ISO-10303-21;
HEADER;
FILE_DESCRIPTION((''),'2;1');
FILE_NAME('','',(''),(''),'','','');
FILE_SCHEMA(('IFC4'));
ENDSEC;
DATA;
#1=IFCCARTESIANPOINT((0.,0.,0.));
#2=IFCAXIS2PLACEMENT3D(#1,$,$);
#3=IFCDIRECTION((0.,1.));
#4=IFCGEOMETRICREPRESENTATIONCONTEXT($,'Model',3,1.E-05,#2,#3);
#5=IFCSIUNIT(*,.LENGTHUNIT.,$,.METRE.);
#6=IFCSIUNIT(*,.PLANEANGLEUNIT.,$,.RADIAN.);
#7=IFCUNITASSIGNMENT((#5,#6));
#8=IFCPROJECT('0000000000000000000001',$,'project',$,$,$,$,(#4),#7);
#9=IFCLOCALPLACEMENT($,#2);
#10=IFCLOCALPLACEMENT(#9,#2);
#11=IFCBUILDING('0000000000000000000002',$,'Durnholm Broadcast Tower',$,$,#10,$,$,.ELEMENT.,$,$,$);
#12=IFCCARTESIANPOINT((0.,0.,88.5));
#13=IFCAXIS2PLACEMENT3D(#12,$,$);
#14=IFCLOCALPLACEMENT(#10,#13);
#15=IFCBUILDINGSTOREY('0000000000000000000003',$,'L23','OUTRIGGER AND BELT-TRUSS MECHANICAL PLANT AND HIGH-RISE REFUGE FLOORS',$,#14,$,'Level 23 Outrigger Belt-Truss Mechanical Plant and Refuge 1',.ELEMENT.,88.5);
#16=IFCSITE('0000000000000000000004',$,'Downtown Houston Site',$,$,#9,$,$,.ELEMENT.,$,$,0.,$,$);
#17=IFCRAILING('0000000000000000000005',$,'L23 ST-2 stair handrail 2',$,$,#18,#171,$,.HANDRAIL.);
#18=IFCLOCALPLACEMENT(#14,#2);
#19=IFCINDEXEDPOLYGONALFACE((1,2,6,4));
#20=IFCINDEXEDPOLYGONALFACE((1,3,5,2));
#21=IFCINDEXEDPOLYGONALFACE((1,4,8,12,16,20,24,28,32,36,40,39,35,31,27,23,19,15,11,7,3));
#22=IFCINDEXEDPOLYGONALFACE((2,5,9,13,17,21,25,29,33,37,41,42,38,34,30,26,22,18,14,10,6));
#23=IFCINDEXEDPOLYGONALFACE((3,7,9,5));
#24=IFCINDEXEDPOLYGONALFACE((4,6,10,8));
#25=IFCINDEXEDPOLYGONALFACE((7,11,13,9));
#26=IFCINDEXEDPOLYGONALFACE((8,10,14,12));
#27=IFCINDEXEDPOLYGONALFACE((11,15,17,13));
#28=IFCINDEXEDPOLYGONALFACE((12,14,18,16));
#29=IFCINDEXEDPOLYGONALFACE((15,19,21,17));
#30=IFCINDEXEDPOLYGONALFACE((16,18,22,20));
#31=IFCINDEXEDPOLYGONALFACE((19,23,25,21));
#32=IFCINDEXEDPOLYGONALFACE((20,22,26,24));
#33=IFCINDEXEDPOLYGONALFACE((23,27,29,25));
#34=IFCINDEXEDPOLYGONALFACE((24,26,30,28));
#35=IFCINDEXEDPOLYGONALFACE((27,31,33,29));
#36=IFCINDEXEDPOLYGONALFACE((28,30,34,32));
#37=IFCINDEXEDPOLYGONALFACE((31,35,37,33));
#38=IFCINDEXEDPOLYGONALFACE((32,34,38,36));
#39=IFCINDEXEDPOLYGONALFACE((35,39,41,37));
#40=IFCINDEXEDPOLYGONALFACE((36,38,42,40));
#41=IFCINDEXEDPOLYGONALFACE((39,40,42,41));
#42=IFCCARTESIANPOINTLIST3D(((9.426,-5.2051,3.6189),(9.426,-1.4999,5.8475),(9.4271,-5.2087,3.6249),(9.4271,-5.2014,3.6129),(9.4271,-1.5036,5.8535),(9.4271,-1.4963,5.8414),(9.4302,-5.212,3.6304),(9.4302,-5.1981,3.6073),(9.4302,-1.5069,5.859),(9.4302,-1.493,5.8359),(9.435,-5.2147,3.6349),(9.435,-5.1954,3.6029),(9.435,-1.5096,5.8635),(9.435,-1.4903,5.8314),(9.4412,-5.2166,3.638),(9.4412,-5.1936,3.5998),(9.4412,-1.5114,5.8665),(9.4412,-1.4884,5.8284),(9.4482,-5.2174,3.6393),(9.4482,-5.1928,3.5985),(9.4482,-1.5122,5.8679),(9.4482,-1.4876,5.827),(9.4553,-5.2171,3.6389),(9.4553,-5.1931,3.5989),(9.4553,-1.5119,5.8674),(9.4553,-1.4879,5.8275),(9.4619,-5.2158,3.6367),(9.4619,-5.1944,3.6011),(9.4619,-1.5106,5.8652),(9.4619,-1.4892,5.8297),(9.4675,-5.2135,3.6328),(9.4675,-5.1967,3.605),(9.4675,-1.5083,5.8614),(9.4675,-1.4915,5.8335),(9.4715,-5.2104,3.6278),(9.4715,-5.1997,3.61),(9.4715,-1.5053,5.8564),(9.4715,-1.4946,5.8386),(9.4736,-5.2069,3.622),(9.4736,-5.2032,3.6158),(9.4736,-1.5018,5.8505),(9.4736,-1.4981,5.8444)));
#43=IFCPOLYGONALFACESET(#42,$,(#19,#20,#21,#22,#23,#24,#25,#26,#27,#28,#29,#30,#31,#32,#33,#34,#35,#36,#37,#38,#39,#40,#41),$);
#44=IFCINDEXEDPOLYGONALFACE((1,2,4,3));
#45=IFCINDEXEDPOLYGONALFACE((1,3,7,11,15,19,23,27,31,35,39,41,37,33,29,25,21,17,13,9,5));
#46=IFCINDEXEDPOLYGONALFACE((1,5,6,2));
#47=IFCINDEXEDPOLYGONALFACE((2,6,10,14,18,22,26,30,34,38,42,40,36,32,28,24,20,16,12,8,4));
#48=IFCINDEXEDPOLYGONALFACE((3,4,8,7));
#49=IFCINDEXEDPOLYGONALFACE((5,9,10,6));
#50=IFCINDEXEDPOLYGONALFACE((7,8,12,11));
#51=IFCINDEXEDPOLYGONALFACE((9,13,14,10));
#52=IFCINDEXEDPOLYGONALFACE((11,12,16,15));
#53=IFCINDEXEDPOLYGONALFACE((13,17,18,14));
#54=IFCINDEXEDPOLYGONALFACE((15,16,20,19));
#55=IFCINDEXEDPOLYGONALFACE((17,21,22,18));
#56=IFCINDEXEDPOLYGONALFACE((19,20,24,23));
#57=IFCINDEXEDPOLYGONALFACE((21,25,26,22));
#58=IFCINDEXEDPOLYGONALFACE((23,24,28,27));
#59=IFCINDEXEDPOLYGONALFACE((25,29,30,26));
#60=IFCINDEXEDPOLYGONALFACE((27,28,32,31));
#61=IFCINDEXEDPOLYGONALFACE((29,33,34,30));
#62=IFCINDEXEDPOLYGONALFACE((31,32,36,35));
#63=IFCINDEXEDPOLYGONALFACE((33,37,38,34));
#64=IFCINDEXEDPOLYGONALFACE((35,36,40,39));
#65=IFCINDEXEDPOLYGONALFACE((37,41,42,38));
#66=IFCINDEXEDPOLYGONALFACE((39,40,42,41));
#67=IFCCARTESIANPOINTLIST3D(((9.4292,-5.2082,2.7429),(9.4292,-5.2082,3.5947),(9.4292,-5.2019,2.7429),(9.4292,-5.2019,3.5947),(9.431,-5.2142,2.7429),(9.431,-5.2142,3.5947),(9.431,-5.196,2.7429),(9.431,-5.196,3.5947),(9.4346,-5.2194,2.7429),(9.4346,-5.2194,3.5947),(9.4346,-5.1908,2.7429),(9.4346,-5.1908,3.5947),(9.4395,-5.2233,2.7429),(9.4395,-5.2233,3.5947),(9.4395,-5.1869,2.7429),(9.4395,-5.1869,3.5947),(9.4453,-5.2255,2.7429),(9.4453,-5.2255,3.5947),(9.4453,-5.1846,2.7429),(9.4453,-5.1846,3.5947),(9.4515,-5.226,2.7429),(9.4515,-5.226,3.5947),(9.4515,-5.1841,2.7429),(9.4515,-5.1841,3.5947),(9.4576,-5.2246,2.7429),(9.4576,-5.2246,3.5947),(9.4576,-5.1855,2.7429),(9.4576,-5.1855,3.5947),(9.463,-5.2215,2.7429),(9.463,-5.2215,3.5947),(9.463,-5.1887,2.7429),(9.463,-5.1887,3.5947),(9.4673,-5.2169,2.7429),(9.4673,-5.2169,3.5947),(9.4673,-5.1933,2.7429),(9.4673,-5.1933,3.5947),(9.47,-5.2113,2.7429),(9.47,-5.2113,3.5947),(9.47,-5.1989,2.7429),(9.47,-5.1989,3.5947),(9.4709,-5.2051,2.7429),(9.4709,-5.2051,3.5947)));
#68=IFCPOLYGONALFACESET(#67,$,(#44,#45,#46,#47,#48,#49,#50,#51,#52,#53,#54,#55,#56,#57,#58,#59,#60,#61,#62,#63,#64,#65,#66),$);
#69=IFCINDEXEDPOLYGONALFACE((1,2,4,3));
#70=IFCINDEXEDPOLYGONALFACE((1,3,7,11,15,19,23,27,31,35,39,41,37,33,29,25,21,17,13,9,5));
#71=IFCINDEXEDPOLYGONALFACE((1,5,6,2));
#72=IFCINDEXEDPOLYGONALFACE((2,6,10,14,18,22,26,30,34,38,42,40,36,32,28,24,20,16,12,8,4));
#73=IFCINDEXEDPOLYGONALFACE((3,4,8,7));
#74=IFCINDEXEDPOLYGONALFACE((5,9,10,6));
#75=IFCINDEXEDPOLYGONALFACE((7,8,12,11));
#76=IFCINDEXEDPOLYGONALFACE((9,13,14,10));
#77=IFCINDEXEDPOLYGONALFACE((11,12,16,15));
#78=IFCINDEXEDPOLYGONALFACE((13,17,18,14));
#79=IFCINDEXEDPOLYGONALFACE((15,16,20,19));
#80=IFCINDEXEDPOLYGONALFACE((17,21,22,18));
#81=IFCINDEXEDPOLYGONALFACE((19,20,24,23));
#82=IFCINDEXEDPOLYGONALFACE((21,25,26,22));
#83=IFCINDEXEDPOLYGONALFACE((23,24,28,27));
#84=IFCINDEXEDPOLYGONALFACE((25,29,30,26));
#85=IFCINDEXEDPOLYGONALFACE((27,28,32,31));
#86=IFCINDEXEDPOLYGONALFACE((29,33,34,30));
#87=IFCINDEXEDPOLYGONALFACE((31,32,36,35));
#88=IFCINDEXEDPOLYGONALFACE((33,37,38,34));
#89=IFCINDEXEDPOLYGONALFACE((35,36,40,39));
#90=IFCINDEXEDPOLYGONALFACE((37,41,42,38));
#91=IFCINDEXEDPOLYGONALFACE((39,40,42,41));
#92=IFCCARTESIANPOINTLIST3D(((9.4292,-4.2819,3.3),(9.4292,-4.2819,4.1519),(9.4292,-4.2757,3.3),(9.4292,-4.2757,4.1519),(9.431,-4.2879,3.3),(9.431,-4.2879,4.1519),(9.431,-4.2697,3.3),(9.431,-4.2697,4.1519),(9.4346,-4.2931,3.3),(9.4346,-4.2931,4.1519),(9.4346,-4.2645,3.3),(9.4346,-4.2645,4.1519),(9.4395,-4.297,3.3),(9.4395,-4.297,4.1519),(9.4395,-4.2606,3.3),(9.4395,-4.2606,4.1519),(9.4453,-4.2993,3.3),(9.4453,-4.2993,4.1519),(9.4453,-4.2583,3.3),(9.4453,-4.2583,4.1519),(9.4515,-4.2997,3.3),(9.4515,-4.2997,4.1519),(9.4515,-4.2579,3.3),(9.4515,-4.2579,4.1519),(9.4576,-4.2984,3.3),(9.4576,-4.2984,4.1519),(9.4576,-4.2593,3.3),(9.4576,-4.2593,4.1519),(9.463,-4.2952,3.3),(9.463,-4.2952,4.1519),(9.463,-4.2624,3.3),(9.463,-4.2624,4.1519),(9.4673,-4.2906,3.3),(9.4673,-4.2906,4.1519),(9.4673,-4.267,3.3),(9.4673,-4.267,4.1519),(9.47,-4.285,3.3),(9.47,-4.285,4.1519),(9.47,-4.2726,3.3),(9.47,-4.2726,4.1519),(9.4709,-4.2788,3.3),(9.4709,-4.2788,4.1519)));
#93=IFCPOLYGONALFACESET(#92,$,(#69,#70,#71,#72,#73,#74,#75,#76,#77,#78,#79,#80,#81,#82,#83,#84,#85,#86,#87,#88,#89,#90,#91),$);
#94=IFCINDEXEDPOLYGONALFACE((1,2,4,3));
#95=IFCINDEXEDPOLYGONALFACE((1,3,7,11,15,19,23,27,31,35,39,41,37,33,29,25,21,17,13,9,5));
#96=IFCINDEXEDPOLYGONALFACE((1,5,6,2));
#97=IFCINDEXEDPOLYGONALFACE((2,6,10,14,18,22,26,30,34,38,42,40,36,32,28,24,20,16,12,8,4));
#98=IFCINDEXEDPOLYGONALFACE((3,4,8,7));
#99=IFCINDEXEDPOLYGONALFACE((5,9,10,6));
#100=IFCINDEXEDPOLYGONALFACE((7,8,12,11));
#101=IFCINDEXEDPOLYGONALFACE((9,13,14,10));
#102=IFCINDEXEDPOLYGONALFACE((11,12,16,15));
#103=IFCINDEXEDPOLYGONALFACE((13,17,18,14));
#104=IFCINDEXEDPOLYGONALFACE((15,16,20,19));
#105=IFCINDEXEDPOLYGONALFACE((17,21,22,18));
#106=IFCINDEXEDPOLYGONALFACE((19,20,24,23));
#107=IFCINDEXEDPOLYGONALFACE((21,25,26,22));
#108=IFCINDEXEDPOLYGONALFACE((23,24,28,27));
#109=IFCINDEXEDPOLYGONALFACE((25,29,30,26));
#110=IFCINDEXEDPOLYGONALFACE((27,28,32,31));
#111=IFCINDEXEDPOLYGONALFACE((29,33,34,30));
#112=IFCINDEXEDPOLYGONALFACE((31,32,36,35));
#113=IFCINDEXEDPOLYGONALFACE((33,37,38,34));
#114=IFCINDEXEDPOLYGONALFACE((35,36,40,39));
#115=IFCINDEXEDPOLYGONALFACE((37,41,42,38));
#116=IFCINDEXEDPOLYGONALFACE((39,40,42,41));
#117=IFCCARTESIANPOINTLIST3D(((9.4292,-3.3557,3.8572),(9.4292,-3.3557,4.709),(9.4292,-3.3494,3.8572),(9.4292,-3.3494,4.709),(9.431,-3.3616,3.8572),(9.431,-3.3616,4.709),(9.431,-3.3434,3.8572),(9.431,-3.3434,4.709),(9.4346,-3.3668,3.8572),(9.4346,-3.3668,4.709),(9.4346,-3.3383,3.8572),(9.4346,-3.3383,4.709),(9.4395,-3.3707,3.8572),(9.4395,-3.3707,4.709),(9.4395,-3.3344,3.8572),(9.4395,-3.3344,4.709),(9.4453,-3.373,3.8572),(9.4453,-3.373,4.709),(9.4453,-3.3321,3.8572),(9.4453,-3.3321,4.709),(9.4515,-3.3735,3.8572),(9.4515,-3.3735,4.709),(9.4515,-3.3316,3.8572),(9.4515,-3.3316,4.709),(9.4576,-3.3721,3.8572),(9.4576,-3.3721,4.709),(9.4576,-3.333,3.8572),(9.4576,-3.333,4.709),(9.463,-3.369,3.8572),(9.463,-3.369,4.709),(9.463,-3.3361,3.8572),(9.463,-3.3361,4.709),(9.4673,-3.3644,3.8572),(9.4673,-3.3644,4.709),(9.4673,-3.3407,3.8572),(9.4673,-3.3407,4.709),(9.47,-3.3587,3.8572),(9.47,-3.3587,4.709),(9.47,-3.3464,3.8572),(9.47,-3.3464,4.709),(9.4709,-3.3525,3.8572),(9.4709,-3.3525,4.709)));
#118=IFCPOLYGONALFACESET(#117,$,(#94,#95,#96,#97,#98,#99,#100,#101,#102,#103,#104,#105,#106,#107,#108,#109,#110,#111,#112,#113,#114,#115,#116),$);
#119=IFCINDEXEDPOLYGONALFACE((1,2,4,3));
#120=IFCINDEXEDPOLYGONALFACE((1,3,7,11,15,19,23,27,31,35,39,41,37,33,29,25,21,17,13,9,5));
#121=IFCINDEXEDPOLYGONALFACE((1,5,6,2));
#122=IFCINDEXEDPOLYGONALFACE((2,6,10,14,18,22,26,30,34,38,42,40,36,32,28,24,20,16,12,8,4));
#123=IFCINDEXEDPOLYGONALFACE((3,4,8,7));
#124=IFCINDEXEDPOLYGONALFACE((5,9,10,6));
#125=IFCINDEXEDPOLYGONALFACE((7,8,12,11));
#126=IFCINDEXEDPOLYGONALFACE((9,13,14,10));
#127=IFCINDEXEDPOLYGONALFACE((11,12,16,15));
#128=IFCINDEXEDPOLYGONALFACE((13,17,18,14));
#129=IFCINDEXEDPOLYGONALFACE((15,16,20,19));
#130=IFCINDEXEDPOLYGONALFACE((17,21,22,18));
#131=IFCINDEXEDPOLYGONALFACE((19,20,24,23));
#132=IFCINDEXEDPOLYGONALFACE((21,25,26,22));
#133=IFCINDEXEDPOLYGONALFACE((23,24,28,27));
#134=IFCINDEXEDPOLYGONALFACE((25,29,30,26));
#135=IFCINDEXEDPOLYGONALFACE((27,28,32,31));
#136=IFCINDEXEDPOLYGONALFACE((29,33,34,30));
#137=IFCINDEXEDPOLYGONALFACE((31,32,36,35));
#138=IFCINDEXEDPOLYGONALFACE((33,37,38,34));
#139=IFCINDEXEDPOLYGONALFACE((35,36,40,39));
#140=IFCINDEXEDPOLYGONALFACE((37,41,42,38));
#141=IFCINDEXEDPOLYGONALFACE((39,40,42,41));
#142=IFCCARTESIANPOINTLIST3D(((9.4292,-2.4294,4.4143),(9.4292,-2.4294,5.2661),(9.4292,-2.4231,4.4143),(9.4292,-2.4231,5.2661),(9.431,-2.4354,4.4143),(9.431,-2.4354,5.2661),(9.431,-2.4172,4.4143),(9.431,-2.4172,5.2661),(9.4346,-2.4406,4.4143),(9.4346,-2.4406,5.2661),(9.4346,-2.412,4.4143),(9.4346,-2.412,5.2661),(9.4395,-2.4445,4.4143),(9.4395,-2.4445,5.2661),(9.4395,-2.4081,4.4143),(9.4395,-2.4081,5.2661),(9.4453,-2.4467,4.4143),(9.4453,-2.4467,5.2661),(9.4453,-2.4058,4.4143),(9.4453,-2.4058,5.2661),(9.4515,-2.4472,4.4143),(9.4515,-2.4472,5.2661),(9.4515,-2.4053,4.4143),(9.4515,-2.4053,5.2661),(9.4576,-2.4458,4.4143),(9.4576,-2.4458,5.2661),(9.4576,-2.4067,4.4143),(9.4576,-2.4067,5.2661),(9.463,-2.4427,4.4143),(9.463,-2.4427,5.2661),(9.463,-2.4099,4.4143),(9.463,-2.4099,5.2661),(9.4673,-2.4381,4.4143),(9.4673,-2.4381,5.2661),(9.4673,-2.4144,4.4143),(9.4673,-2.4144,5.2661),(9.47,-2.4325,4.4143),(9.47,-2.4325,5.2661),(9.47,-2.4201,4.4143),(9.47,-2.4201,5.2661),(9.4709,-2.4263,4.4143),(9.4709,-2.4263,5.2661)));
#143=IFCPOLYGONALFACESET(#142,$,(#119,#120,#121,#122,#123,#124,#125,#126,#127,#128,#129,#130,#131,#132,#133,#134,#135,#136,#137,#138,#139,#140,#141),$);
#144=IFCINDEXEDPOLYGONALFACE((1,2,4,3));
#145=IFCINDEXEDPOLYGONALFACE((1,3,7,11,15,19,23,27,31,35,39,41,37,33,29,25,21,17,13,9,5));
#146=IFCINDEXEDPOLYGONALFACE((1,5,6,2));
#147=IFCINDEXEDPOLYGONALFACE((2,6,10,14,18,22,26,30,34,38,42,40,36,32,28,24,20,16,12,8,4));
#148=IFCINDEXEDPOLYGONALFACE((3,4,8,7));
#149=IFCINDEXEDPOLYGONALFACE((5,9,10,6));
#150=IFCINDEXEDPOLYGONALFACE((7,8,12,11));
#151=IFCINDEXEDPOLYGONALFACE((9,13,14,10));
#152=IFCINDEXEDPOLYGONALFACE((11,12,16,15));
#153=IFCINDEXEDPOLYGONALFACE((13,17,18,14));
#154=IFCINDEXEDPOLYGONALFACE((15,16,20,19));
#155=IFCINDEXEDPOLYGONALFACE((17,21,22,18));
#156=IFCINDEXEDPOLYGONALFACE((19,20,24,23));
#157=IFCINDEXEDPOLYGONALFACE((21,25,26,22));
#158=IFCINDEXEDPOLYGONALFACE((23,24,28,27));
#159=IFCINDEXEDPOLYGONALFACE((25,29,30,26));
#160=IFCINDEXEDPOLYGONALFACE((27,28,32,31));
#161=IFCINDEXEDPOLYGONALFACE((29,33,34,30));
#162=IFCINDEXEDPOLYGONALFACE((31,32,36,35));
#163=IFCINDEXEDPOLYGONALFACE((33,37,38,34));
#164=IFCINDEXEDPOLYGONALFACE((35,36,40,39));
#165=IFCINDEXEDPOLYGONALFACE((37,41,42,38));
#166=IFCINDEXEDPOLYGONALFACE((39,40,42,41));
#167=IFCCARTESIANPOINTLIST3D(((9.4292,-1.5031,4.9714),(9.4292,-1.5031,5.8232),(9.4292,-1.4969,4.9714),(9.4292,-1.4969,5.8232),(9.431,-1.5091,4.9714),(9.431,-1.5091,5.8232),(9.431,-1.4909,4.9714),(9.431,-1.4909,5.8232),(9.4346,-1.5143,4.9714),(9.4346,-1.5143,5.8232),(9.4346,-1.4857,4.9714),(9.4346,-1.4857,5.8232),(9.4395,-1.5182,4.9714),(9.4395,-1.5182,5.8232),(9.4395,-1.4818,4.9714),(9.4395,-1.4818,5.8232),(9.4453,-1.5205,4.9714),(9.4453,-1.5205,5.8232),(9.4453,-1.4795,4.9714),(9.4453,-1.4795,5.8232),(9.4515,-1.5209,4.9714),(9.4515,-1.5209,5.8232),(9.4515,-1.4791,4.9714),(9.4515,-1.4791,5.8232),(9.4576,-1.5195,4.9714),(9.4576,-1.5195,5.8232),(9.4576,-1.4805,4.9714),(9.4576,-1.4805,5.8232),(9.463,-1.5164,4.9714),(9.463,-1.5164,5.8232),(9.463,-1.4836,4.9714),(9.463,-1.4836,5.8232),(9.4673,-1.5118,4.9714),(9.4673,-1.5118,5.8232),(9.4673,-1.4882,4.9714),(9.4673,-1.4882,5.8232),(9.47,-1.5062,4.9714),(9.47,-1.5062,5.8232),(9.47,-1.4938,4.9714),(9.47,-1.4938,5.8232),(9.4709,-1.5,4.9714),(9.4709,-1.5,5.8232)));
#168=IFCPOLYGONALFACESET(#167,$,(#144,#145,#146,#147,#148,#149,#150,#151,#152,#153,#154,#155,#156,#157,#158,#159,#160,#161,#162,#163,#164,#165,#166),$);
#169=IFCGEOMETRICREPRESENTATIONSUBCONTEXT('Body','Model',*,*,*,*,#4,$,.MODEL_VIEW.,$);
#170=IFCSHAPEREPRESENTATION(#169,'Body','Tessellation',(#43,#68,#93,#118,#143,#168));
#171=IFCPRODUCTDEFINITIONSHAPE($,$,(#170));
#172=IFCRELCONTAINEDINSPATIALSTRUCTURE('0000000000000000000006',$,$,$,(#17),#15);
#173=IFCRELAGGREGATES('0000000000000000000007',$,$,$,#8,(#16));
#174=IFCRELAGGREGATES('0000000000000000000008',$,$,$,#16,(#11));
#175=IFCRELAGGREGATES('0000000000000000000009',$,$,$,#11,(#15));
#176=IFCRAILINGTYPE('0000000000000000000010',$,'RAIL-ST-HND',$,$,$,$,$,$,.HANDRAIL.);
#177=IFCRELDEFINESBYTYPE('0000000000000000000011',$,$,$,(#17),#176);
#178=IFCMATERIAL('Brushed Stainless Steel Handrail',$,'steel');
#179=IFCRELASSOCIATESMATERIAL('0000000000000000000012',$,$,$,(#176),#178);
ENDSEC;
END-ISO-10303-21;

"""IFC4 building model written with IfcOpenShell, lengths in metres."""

from ifc_helpers import new_model, si_unit, direction, frame, origin, origin_2d, place, context, subcontext, project, spatial, circle, extrude, material, type_object, element, save


model = new_model("IFC4")

# Units and contexts
model_context = context("Model", 3, precision=1e-05, world=origin(), true_north=direction((0.0, 1.0)))
body_context = subcontext(model_context, "Body", "Model", "MODEL_VIEW")
ifc_project = project(units=[si_unit("LENGTHUNIT", "METRE"), si_unit("PLANEANGLEUNIT", "RADIAN")], contexts=[model_context])

# Site, building, storey
site_placement = place(None, origin())
site = spatial("IfcSite", under=ifc_project, at=site_placement, Name="Downtown Houston Site", CompositionType="ELEMENT", RefElevation=0.0)
building_placement = place(site_placement, origin())
building = spatial("IfcBuilding", under=site, at=building_placement, Name="Durnholm Broadcast Tower", CompositionType="ELEMENT")
storey_placement = place(building_placement, frame((0.0, 0.0, 88.5)))
storey = spatial("IfcBuildingStorey", under=building, at=storey_placement, Name="L23", Description="OUTRIGGER AND BELT-TRUSS MECHANICAL PLANT AND HIGH-RISE REFUGE FLOORS", LongName="Level 23 Outrigger Belt-Truss Mechanical Plant and Refuge 1", CompositionType="ELEMENT", Elevation=88.5)

# Railing
ifc_material_1 = material(Name="Brushed Stainless Steel Handrail", Category="steel")
railing_type_1 = type_object("IfcRailingType", Name="RAIL-ST-HND", PredefinedType="HANDRAIL", material=ifc_material_1)
railing_1_placement = place(storey_placement, frame((9.45, -5.2051, 2.7429)))
element("IfcRailing", 1, at=railing_1_placement, inside=storey, type_object=railing_type_1, Name="L23 ST-2 stair handrail 2", PredefinedType="HANDRAIL", context=body_context, shape_type="SweptSolid", body=[
    extrude(circle(Radius=0.0239, at=origin_2d()), frame((0.0, 0.0, 0.876), z_axis=(0.0, 0.856934, 0.515425), x_axis=(-1.0, 0.0, 0.0)), (0.0, 0.0, 1.0), 4.3237),
    extrude(circle(Radius=0.021, at=origin_2d()), origin(), (0.0, 0.0, 1.0), 0.8518),
    extrude(circle(Radius=0.021, at=origin_2d()), frame((0.0, 0.9263, 0.5571)), (0.0, 0.0, 1.0), 0.8518),
    extrude(circle(Radius=0.021, at=origin_2d()), frame((0.0, 1.8525, 1.1143)), (0.0, 0.0, 1.0), 0.8518),
    extrude(circle(Radius=0.021, at=origin_2d()), frame((0.0, 2.7788, 1.6714)), (0.0, 0.0, 1.0), 0.8518),
    extrude(circle(Radius=0.021, at=origin_2d()), frame((0.0, 3.7051, 2.2285)), (0.0, 0.0, 1.0), 0.8518),
])

save(model, "model.ifc")
